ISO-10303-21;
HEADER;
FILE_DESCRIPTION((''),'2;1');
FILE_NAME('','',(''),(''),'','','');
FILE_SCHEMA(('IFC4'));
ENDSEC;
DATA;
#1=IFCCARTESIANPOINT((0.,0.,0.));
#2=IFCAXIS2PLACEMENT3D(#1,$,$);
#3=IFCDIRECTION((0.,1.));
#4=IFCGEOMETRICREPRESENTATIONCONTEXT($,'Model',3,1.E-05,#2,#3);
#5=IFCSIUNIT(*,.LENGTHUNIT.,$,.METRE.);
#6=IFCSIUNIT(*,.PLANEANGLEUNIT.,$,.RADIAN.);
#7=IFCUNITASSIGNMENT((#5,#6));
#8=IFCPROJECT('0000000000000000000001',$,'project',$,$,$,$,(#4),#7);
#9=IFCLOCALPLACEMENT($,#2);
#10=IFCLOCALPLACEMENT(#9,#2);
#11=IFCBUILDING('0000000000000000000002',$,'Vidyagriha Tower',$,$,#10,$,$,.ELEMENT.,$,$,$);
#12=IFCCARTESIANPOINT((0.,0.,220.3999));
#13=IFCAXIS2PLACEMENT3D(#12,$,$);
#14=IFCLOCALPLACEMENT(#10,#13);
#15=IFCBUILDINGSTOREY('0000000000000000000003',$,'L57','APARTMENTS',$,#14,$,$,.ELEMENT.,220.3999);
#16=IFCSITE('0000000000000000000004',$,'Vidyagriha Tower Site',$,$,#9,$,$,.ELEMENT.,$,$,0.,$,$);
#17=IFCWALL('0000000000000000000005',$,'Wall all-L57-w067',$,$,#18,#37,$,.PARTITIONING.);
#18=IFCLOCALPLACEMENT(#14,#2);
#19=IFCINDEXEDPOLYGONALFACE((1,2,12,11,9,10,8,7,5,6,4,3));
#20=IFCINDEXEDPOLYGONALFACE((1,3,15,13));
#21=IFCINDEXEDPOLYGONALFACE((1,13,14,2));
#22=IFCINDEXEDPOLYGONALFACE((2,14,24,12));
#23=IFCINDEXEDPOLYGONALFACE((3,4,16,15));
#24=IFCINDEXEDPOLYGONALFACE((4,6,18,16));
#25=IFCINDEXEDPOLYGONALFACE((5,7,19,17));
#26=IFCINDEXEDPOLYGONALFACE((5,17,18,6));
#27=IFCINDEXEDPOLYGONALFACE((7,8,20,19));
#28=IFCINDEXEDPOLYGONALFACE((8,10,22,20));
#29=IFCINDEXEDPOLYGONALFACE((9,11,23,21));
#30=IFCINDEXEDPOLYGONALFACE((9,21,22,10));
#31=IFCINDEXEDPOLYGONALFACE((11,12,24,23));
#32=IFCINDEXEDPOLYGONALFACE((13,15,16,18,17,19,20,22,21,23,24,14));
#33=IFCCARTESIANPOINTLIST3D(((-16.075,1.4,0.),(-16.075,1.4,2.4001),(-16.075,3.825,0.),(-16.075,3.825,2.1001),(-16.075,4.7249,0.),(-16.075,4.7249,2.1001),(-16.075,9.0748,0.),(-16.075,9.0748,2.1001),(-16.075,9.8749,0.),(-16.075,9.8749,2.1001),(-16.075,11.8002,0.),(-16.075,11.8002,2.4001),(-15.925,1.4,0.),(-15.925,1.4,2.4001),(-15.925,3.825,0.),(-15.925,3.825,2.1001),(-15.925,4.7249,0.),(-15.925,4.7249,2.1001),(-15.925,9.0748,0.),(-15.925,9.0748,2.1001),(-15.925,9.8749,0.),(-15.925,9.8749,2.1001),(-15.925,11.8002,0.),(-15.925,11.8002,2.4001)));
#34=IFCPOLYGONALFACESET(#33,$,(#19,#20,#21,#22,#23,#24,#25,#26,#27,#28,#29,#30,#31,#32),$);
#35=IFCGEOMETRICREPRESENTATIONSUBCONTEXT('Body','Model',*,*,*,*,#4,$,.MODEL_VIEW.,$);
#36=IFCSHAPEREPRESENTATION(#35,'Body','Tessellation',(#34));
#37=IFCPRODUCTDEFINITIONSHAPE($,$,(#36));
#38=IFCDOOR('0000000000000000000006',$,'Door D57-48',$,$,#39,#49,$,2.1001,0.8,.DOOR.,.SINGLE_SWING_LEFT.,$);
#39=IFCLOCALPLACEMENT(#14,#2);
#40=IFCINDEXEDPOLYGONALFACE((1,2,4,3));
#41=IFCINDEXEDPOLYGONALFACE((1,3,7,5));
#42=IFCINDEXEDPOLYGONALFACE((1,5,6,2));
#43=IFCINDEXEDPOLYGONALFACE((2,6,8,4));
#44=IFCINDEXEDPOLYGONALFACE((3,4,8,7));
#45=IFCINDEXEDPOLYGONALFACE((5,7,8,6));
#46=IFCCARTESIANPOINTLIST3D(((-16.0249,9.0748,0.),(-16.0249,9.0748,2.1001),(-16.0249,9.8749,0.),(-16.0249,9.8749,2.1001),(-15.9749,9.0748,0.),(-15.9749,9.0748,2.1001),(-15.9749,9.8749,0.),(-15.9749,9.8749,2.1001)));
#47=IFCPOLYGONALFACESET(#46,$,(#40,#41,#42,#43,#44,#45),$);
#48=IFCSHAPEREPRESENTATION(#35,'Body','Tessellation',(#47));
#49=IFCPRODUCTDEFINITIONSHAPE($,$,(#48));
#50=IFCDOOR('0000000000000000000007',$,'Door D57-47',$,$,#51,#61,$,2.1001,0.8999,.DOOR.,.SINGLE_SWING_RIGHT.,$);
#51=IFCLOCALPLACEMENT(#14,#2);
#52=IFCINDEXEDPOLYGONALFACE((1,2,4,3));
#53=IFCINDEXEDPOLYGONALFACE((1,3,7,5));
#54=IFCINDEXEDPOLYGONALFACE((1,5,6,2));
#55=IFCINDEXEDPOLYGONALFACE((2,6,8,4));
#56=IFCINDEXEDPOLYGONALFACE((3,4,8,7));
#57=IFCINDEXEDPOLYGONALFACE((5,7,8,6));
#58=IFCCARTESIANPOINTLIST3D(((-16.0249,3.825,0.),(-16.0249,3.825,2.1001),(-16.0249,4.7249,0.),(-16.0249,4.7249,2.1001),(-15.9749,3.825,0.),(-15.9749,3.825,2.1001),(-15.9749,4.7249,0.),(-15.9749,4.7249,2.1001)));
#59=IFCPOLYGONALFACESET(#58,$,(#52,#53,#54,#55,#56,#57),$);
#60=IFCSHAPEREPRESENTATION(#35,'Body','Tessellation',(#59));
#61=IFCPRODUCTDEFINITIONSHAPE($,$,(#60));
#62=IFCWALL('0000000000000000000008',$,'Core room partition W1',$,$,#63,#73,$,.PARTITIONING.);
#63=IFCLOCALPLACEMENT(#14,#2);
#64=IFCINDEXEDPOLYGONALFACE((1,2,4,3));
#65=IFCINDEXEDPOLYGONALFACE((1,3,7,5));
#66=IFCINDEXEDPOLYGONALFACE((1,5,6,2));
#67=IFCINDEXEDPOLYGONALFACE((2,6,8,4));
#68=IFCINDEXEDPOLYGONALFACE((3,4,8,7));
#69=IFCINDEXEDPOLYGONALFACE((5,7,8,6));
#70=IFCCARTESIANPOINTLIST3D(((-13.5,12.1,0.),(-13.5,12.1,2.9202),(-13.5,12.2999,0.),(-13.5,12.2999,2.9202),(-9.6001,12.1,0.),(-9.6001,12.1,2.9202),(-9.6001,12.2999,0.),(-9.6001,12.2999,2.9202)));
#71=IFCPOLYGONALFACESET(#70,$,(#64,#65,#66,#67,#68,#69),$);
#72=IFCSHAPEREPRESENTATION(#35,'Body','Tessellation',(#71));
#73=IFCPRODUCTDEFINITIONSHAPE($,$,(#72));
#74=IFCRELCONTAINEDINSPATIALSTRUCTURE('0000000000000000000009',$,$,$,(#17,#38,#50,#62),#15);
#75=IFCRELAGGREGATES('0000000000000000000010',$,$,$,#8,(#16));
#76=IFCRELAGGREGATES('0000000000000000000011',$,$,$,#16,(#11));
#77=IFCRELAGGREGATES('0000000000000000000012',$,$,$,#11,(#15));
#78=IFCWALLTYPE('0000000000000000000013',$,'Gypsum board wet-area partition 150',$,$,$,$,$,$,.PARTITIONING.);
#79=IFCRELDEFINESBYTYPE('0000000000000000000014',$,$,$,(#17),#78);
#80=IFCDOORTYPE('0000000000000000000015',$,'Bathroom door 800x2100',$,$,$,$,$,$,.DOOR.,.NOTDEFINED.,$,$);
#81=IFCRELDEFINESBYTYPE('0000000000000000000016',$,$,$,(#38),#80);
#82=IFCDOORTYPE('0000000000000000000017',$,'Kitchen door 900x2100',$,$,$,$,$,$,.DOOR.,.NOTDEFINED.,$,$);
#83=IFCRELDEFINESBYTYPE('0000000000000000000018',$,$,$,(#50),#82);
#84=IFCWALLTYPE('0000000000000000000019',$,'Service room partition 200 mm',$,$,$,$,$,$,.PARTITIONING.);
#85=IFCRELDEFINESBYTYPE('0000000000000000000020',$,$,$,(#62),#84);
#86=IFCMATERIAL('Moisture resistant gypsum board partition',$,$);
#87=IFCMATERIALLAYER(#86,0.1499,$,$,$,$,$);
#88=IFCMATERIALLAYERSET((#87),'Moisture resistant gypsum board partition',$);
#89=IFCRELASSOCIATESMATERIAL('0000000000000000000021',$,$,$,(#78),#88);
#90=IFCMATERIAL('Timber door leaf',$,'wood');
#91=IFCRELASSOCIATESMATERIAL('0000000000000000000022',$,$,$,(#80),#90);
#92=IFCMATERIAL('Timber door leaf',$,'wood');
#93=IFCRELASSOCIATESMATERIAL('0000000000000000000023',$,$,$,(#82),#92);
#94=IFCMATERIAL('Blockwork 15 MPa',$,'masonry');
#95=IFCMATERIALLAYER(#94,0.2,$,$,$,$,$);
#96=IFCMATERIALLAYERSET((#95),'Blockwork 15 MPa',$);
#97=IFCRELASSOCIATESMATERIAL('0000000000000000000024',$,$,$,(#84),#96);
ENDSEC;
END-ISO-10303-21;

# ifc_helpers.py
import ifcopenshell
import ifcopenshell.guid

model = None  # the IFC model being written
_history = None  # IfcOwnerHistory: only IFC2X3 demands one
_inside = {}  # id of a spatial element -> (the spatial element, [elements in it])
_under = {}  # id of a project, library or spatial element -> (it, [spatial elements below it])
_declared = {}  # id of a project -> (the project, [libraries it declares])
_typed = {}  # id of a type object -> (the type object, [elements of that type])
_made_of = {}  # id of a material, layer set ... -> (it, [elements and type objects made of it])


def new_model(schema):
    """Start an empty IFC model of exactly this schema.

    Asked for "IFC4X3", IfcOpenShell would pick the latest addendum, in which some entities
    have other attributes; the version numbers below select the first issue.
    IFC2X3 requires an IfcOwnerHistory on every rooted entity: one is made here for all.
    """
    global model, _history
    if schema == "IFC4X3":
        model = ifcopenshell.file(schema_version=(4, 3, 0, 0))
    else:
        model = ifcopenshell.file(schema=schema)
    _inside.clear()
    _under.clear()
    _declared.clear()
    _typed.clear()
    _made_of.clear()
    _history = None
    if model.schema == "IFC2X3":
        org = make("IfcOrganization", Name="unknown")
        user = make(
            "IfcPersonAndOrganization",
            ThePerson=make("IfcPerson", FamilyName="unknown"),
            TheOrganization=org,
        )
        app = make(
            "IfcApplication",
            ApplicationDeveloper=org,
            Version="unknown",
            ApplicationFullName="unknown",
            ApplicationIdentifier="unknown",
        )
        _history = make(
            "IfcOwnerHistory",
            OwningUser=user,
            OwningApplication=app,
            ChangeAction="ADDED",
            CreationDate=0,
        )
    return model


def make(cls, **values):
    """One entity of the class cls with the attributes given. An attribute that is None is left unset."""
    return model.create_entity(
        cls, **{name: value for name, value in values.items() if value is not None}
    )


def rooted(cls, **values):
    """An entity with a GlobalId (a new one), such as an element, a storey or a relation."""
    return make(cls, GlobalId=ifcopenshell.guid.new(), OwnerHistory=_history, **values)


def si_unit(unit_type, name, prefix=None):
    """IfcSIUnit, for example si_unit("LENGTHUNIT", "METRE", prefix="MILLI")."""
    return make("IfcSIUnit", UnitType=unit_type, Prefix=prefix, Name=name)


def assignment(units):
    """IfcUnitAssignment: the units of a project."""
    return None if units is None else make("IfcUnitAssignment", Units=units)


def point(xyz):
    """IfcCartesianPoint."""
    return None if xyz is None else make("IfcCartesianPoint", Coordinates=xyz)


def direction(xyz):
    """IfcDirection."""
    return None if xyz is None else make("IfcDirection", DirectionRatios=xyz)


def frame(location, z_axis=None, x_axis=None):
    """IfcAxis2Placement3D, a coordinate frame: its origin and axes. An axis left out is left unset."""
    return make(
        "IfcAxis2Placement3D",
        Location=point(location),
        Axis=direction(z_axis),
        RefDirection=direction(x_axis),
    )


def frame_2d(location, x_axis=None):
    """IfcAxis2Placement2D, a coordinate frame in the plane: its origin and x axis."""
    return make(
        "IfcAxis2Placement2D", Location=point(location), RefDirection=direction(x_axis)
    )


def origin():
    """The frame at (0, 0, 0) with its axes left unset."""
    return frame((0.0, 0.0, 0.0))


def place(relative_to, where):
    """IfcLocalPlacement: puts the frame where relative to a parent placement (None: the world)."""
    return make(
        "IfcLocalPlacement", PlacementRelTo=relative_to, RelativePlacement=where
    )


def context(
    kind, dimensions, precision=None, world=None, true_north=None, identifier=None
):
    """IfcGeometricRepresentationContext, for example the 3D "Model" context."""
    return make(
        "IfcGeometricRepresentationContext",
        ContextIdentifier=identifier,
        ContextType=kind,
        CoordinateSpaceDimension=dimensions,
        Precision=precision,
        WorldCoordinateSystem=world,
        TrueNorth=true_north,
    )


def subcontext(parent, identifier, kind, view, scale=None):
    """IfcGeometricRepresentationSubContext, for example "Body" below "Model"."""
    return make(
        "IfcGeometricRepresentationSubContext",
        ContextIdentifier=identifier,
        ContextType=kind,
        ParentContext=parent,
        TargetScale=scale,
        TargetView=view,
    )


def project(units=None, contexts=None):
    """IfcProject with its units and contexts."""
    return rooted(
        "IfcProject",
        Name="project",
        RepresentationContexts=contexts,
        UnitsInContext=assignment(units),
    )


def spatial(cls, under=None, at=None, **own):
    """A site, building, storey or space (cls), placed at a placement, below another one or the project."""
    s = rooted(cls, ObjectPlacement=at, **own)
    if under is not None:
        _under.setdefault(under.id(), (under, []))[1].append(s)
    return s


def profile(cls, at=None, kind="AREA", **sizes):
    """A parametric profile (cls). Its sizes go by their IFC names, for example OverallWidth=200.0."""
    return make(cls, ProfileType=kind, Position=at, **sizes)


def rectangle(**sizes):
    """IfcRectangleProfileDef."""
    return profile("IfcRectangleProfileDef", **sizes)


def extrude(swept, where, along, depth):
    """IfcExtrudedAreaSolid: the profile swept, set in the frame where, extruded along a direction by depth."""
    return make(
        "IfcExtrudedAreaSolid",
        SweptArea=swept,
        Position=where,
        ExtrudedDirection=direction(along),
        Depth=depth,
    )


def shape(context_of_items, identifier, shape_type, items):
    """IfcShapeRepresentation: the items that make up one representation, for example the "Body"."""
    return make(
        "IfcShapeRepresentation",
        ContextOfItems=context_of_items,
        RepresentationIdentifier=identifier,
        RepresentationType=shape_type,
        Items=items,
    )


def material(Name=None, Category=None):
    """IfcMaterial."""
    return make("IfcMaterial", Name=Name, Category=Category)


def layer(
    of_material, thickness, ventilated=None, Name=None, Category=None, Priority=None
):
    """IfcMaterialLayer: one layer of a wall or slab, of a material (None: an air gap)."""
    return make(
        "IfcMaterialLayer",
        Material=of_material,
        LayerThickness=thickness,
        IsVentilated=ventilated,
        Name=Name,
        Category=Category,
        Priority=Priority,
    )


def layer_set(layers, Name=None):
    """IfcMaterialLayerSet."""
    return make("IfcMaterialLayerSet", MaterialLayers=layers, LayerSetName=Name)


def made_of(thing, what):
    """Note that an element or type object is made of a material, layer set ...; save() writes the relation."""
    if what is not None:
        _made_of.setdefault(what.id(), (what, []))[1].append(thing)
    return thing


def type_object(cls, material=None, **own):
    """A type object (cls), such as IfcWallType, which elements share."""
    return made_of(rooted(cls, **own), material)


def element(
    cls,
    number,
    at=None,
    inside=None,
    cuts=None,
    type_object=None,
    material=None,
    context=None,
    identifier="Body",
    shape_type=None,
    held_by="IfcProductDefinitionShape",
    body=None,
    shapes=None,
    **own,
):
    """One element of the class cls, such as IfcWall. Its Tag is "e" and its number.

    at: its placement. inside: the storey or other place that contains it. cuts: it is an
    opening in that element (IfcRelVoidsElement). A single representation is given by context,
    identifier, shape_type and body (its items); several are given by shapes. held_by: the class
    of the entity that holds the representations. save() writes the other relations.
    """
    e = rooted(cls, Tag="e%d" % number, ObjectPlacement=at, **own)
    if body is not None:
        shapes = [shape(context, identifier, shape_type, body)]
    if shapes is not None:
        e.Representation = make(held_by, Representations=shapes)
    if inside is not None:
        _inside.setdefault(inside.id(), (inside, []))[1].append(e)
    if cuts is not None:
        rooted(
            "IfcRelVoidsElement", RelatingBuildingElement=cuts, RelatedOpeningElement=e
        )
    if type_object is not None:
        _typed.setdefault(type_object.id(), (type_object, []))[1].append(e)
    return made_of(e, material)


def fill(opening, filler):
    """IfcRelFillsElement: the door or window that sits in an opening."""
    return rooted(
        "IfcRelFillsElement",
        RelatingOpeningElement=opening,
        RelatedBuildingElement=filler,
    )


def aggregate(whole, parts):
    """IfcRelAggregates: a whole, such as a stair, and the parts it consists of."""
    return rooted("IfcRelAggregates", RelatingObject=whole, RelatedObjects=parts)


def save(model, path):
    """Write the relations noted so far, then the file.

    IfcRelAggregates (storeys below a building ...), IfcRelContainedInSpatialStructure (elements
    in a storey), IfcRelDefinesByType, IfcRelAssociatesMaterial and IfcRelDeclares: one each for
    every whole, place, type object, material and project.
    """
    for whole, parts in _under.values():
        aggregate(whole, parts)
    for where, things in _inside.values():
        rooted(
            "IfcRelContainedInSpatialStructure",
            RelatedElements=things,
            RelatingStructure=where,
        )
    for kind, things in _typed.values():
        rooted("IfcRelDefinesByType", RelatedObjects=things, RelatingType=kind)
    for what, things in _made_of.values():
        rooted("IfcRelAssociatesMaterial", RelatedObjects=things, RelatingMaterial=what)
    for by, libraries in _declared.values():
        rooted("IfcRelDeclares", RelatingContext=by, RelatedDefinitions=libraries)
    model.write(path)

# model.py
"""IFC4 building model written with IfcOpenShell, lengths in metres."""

from ifc_helpers import new_model, si_unit, direction, frame, frame_2d, origin, place, context, subcontext, project, spatial, rectangle, extrude, material, layer, layer_set, type_object, element, fill, save


model = new_model("IFC4")

# Units and contexts
model_context = context("Model", 3, precision=1e-05, world=origin(), true_north=direction((0.0, 1.0)))
body_context = subcontext(model_context, "Body", "Model", "MODEL_VIEW")
ifc_project = project(units=[si_unit("LENGTHUNIT", "METRE"), si_unit("PLANEANGLEUNIT", "RADIAN")], contexts=[model_context])

# Site, building, storey
site_placement = place(None, origin())
site = spatial("IfcSite", under=ifc_project, at=site_placement, Name="Vidyagriha Tower Site", CompositionType="ELEMENT", RefElevation=0.0)
building_placement = place(site_placement, origin())
building = spatial("IfcBuilding", under=site, at=building_placement, Name="Vidyagriha Tower", CompositionType="ELEMENT")
storey_placement = place(building_placement, frame((0.0, 0.0, 220.3999)))
storey = spatial("IfcBuildingStorey", under=building, at=storey_placement, Name="L57", Description="APARTMENTS", CompositionType="ELEMENT", Elevation=220.3999)

# Wall, openings, doors
ifc_material_1 = material(Name="Moisture resistant gypsum board partition")
ifc_layer_1 = layer(ifc_material_1, 0.1499)
ifc_layer_set_1 = layer_set([ifc_layer_1], Name="Moisture resistant gypsum board partition")
wall_type_1 = type_object("IfcWallType", Name="Gypsum board wet-area partition 150", PredefinedType="PARTITIONING", material=ifc_layer_set_1)
wall_1_placement = place(storey_placement, frame((-16.0, 1.3999, 0.0), z_axis=(0.0, 0.0, 1.0), x_axis=(0.0, 1.0, 0.0)))
wall_1 = element("IfcWall", 1, at=wall_1_placement, inside=storey, type_object=wall_type_1, Name="Wall all-L57-w067", PredefinedType="PARTITIONING", context=body_context, shape_type="SweptSolid", body=[
    extrude(rectangle(XDim=10.4001, YDim=0.1499, at=frame_2d((5.2002, 0.0))), origin(), (0.0, 0.0, 1.0), 2.4001),
])
opening_1_placement = place(wall_1_placement, frame((2.425, 0.0, 0.0)))
opening_1 = element("IfcOpeningElement", 2, at=opening_1_placement, cuts=wall_1, PredefinedType="OPENING", context=body_context, shape_type="SweptSolid", body=[
    extrude(rectangle(XDim=0.8999, YDim=2.1001, at=frame_2d((0.45, 1.05))), frame((0.0, 0.085, 0.0), z_axis=(0.0, -1.0, 0.0), x_axis=(1.0, 0.0, 0.0)), (0.0, 0.0, 1.0), 0.1699),
])
opening_2_placement = place(wall_1_placement, frame((7.675, 0.0, 0.0)))
opening_2 = element("IfcOpeningElement", 3, at=opening_2_placement, cuts=wall_1, PredefinedType="OPENING", context=body_context, shape_type="SweptSolid", body=[
    extrude(rectangle(XDim=0.8, YDim=2.1001, at=frame_2d((0.3999, 1.05))), frame((0.0, 0.085, 0.0), z_axis=(0.0, -1.0, 0.0), x_axis=(1.0, 0.0, 0.0)), (0.0, 0.0, 1.0), 0.1699),
])
ifc_material_2 = material(Name="Timber door leaf", Category="wood")
door_type_1 = type_object("IfcDoorType", Name="Bathroom door 800x2100", OperationType="NOTDEFINED", PredefinedType="DOOR", material=ifc_material_2)
door_1_placement = place(opening_2_placement, origin())
door_1 = element("IfcDoor", 4, at=door_1_placement, inside=storey, type_object=door_type_1, Name="Door D57-48", OperationType="SINGLE_SWING_LEFT", OverallHeight=2.1001, OverallWidth=0.8, PredefinedType="DOOR", context=body_context, shape_type="SweptSolid", body=[
    extrude(rectangle(XDim=0.8, YDim=2.1001, at=frame_2d((0.3999, 1.05))), frame((0.0, 0.0249, 0.0), z_axis=(0.0, -1.0, 0.0), x_axis=(1.0, 0.0, 0.0)), (0.0, 0.0, 1.0), 0.05),
])
fill(opening_2, door_1)
ifc_material_3 = material(Name="Timber door leaf", Category="wood")
door_type_2 = type_object("IfcDoorType", Name="Kitchen door 900x2100", OperationType="NOTDEFINED", PredefinedType="DOOR", material=ifc_material_3)
door_2_placement = place(opening_1_placement, origin())
door_2 = element("IfcDoor", 5, at=door_2_placement, inside=storey, type_object=door_type_2, Name="Door D57-47", OperationType="SINGLE_SWING_RIGHT", OverallHeight=2.1001, OverallWidth=0.8999, PredefinedType="DOOR", context=body_context, shape_type="SweptSolid", body=[
    extrude(rectangle(XDim=0.8999, YDim=2.1001, at=frame_2d((0.45, 1.05))), frame((0.0, 0.0249, 0.0), z_axis=(0.0, -1.0, 0.0), x_axis=(1.0, 0.0, 0.0)), (0.0, 0.0, 1.0), 0.05),
])
fill(opening_1, door_2)

# Wall
ifc_material_4 = material(Name="Blockwork 15 MPa", Category="masonry")
ifc_layer_2 = layer(ifc_material_4, 0.2)
ifc_layer_set_2 = layer_set([ifc_layer_2], Name="Blockwork 15 MPa")
wall_type_2 = type_object("IfcWallType", Name="Service room partition 200 mm", PredefinedType="PARTITIONING", material=ifc_layer_set_2)
wall_2_placement = place(storey_placement, frame((-13.5, 12.2, 0.0)))
element("IfcWall", 6, at=wall_2_placement, inside=storey, type_object=wall_type_2, Name="Core room partition W1", PredefinedType="PARTITIONING", context=body_context, shape_type="SweptSolid", body=[
    extrude(rectangle(XDim=3.8999, YDim=0.2, at=frame_2d((1.95, 0.0))), origin(), (0.0, 0.0, 1.0), 2.9202),
])

save(model, "model.ifc")
